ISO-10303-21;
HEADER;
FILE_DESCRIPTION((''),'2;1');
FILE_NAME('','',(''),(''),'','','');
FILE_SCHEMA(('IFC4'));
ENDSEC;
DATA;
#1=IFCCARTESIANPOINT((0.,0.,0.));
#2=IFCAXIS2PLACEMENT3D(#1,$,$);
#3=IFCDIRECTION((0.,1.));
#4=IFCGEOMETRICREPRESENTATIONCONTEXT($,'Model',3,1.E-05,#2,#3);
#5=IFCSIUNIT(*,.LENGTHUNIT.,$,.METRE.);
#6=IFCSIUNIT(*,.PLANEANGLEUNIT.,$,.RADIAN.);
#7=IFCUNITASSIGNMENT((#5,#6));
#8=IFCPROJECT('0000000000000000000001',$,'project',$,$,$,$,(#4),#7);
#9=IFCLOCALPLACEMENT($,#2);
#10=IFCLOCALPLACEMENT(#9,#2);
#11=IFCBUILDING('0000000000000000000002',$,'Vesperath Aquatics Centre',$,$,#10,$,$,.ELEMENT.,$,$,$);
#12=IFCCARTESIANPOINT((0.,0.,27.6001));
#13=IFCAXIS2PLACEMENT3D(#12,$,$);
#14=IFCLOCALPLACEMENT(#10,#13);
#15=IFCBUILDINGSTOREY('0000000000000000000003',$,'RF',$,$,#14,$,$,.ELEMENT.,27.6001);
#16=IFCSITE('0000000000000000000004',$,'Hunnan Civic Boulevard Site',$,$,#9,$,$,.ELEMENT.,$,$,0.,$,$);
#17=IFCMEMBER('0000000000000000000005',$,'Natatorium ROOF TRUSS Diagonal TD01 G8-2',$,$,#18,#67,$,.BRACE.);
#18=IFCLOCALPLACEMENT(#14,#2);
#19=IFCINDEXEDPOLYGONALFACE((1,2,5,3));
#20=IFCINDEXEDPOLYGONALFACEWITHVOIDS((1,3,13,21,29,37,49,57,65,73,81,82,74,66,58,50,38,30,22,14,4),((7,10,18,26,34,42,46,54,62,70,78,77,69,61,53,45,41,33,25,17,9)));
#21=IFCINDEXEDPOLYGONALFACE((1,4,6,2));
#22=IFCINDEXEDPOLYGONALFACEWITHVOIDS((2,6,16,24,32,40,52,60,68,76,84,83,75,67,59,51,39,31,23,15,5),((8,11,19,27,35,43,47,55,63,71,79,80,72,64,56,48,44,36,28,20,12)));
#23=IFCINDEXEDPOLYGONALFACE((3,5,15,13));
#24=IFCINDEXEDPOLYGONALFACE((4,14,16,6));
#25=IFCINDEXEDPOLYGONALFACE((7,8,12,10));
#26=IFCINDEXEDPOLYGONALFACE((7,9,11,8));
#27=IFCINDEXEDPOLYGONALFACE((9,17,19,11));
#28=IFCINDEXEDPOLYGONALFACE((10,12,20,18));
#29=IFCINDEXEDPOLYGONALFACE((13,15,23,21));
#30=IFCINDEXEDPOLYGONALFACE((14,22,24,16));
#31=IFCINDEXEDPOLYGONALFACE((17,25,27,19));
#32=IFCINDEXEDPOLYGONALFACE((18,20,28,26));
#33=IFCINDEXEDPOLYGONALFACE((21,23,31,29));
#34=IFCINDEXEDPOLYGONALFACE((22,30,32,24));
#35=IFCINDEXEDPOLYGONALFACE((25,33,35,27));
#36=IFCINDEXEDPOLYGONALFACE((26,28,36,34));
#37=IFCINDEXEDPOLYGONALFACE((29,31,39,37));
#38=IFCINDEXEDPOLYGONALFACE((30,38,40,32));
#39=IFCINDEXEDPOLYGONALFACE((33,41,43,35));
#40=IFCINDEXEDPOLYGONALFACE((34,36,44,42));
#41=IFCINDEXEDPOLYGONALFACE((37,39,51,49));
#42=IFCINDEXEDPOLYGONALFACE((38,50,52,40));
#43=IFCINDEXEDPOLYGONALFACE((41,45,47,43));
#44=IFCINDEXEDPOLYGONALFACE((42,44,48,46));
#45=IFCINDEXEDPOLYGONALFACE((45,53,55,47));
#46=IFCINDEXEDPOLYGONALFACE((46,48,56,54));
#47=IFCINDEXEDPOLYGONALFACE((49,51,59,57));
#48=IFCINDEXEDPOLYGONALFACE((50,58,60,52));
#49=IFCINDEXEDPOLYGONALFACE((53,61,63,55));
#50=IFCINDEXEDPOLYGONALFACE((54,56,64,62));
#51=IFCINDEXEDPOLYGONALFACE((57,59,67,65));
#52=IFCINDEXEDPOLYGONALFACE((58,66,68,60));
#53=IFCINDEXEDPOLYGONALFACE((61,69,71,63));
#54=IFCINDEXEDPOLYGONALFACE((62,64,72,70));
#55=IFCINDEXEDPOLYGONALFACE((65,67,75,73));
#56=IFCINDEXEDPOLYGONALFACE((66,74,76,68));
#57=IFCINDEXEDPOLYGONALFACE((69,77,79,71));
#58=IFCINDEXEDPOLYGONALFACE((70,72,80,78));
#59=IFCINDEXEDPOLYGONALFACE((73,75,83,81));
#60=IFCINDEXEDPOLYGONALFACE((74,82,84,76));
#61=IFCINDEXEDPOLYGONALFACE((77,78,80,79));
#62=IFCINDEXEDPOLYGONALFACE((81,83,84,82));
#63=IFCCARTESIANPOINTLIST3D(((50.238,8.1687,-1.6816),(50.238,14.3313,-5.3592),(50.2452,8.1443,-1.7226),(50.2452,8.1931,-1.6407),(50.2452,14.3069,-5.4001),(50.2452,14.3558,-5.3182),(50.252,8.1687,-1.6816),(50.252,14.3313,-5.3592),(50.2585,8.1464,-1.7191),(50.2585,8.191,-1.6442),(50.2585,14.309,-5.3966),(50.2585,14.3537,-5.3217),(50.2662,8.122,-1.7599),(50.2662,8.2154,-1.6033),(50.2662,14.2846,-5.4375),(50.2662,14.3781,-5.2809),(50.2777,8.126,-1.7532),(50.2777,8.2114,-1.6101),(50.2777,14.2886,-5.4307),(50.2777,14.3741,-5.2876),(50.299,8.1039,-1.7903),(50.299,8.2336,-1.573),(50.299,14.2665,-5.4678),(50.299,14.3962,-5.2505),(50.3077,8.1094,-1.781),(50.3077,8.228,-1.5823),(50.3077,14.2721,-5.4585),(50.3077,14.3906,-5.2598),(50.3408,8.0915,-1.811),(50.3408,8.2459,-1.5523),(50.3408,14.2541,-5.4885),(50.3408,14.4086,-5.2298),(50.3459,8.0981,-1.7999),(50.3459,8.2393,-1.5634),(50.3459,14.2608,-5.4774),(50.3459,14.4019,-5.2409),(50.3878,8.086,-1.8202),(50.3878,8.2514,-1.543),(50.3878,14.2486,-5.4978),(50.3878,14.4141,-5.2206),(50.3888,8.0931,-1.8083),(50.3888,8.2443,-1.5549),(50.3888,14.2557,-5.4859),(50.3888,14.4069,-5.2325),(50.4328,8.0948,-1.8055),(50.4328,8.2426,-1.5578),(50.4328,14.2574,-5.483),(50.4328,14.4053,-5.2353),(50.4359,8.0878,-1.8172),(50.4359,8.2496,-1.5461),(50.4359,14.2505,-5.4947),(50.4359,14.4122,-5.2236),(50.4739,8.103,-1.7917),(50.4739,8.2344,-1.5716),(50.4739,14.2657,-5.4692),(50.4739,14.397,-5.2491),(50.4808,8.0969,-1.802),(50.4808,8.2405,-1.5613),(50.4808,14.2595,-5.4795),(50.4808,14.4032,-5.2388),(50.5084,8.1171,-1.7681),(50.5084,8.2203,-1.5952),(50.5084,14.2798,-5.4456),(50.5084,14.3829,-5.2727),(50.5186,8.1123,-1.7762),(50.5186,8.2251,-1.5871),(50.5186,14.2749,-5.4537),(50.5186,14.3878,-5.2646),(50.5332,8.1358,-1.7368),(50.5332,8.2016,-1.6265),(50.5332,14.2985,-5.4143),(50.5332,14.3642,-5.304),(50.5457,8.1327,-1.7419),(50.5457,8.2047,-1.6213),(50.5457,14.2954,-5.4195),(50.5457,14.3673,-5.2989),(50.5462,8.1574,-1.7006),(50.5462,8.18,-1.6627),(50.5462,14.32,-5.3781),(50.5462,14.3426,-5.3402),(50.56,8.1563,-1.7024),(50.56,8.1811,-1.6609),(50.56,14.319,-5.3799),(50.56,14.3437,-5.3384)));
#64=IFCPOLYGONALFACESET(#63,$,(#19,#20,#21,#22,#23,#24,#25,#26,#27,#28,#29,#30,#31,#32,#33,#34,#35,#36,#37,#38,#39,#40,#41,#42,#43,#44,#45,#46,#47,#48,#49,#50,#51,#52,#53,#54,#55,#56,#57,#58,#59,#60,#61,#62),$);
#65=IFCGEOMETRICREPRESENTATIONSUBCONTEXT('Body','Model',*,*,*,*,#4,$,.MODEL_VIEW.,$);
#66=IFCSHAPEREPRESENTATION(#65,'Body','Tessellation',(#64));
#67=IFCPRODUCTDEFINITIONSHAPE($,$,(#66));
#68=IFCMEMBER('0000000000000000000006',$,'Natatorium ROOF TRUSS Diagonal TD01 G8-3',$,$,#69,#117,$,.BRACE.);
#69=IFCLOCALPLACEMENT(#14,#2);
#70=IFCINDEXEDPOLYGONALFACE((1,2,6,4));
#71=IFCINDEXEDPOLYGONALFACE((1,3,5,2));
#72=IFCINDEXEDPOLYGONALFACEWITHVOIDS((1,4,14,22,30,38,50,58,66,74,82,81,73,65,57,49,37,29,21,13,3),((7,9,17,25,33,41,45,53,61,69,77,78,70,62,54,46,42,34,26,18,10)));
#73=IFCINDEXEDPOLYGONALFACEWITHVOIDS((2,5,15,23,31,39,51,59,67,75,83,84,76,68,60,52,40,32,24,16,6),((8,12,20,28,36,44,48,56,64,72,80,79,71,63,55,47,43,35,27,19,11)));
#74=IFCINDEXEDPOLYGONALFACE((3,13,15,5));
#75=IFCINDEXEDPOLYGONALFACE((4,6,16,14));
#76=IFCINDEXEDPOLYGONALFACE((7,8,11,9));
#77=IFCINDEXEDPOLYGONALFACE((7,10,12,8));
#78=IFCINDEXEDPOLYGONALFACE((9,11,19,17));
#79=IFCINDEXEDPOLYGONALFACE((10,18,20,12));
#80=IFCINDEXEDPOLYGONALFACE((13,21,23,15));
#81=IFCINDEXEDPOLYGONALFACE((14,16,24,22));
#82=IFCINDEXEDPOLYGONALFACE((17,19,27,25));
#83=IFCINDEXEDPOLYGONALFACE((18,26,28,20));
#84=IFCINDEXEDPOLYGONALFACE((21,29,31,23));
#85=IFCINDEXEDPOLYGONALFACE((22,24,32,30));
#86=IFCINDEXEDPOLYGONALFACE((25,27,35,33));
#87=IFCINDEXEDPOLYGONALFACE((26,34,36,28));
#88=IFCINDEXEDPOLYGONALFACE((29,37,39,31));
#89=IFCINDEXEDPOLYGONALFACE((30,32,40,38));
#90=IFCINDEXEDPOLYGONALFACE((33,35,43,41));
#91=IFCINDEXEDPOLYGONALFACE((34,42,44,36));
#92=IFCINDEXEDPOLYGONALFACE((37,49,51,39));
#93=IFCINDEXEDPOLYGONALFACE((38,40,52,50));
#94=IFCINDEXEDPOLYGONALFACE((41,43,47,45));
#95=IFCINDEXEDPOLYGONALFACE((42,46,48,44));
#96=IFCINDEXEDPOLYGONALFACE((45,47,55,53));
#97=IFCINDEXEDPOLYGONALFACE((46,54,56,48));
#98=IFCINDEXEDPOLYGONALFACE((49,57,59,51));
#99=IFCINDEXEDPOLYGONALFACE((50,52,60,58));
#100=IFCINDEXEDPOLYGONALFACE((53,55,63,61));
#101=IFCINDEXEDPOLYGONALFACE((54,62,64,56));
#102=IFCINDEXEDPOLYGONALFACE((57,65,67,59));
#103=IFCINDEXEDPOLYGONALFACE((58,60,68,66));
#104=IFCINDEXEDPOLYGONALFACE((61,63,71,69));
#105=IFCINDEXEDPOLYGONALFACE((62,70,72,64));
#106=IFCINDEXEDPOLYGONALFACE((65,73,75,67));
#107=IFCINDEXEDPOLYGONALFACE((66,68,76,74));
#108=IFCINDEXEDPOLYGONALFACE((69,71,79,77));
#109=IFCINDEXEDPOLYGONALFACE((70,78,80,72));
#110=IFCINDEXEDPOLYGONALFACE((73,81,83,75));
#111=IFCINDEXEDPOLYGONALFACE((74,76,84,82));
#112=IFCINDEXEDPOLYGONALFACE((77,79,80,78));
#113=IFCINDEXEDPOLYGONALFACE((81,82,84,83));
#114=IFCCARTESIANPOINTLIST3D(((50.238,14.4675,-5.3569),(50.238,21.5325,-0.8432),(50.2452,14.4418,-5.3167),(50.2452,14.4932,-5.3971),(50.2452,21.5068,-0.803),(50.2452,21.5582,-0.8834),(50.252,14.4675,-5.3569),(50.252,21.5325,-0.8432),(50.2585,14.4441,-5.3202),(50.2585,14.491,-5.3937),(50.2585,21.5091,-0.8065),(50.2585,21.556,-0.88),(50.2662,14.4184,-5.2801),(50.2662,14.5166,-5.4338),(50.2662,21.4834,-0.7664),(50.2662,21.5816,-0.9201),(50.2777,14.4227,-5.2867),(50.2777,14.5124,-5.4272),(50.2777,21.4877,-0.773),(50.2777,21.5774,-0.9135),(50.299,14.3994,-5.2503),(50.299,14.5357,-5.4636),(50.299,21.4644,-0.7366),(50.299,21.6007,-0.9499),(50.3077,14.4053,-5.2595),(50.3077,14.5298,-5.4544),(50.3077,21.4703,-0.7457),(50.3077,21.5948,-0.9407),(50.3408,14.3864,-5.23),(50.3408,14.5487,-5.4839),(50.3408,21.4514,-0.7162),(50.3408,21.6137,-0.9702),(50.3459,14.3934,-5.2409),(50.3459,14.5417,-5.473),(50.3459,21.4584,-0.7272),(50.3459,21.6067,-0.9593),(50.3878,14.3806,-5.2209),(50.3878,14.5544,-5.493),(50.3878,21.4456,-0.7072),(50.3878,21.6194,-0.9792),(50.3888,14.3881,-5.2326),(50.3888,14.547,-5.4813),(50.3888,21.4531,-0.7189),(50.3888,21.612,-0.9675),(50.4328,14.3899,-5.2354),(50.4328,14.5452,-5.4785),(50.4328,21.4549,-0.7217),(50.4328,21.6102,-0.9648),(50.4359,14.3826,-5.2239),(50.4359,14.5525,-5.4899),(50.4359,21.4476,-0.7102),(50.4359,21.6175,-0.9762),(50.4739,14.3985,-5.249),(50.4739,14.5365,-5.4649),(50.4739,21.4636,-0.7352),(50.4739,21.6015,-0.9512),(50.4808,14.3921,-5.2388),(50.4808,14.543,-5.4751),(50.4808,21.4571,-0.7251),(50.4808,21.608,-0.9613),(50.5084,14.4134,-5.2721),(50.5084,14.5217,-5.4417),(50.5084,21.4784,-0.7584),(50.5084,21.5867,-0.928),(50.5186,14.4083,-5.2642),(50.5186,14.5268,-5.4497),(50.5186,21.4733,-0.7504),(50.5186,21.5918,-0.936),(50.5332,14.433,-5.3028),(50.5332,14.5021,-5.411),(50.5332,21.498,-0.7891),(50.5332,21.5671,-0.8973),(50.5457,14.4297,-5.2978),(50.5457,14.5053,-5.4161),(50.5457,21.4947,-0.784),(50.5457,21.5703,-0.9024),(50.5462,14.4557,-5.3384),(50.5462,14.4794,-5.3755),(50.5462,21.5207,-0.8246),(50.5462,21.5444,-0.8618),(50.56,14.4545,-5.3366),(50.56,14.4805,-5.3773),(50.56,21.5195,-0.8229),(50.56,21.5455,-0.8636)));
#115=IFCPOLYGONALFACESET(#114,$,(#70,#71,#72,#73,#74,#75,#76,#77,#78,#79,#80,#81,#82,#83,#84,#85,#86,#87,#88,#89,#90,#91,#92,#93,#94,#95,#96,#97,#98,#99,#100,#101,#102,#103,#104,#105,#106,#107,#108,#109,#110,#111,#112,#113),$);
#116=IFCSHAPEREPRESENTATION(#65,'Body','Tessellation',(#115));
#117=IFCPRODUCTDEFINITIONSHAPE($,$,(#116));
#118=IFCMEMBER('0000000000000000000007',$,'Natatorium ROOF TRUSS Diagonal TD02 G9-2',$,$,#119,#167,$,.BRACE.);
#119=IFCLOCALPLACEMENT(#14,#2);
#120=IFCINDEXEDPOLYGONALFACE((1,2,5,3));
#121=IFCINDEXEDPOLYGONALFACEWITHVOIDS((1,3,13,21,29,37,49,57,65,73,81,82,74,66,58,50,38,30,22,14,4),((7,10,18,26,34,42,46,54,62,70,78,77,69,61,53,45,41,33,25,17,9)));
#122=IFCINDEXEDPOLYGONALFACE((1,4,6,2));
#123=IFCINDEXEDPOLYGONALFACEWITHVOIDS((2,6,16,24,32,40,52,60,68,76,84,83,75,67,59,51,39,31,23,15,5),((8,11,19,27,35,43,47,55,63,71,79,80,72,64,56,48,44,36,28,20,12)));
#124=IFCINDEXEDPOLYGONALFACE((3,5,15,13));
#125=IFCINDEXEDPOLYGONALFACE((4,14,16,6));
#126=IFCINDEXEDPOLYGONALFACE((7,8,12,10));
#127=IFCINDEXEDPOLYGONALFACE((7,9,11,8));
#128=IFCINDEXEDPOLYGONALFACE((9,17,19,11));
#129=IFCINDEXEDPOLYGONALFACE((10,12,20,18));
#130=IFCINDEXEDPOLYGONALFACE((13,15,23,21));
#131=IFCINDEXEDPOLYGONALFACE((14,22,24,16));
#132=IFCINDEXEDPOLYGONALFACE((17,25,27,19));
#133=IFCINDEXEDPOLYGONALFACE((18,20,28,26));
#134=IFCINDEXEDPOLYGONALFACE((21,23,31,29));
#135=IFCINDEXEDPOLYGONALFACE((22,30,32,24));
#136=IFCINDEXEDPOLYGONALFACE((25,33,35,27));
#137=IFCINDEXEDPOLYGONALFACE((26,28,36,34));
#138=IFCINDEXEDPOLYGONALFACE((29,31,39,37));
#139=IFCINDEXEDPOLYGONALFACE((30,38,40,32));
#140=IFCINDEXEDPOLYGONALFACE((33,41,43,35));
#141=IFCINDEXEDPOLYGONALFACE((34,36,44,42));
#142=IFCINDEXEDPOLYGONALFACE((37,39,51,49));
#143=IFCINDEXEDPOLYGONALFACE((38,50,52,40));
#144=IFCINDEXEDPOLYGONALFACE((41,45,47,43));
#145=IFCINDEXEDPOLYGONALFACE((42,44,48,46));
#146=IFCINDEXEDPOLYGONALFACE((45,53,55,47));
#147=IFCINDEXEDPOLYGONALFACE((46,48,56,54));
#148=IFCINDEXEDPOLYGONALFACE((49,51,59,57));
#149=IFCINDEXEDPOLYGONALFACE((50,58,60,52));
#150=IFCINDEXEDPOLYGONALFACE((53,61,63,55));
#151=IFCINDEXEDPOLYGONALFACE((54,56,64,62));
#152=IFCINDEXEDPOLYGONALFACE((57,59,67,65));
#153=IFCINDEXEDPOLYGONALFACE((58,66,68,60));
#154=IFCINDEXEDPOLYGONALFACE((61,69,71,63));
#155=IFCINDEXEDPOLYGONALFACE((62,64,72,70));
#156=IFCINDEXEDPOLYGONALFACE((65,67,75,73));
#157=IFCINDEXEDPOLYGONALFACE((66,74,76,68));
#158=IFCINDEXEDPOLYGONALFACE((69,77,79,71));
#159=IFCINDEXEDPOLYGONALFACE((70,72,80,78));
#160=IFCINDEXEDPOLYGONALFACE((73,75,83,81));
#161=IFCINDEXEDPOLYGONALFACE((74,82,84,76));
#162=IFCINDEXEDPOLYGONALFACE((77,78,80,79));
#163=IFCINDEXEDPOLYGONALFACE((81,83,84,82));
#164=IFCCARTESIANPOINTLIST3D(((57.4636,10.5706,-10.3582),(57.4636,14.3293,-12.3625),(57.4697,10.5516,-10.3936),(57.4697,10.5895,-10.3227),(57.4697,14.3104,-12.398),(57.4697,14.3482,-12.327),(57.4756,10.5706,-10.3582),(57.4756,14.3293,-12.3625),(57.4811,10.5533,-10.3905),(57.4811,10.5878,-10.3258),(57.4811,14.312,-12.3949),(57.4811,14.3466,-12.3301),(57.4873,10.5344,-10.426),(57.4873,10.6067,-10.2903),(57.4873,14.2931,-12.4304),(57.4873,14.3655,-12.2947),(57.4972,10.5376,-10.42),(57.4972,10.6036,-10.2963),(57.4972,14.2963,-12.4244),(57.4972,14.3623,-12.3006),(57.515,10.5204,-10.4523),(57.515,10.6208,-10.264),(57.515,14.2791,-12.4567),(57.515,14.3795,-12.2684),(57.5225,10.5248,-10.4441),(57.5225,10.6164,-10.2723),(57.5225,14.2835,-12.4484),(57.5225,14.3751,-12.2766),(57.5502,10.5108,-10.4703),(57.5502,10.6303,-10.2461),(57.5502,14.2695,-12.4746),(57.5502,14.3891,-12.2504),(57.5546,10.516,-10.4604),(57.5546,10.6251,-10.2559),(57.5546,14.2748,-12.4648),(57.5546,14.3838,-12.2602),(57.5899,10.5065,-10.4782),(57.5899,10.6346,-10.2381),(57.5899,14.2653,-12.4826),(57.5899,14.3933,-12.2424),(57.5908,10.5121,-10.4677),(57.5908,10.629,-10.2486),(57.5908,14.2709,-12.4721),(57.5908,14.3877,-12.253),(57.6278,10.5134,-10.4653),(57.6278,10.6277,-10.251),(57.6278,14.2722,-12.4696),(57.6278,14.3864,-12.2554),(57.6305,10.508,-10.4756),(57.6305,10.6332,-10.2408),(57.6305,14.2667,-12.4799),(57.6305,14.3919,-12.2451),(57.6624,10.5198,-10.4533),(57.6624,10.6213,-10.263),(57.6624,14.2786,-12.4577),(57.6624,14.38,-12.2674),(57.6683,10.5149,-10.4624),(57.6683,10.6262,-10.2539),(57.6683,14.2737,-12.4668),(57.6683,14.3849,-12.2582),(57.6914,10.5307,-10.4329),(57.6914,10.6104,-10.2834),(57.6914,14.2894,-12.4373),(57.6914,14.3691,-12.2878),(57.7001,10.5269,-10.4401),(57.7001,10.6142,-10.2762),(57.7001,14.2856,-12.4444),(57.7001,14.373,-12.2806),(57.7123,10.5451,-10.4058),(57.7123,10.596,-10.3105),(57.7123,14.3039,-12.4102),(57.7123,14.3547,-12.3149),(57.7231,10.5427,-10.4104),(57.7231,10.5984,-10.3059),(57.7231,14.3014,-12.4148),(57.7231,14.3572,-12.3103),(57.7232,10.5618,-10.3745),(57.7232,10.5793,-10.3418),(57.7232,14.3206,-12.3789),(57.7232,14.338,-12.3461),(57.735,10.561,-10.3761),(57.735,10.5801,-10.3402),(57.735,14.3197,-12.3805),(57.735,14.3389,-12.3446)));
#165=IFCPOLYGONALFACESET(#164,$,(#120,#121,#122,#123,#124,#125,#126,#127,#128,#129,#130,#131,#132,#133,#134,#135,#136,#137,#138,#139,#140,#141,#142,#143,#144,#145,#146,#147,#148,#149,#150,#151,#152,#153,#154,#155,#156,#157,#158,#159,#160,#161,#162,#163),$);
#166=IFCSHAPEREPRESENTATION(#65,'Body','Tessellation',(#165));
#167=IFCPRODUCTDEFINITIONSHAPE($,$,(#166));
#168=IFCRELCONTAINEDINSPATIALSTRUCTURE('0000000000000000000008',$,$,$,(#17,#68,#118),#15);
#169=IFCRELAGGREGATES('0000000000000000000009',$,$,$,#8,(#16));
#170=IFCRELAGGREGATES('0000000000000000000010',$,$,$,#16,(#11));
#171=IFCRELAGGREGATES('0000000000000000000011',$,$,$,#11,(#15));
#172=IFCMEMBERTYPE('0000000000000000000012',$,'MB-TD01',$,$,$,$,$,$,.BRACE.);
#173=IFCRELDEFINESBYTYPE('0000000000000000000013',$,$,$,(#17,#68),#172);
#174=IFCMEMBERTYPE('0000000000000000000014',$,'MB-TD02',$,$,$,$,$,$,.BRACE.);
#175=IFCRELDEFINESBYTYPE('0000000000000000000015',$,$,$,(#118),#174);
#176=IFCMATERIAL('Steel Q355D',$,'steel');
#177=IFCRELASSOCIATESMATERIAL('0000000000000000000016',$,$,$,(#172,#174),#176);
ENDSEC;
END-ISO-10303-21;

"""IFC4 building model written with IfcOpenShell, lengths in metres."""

from ifc_helpers import new_model, si_unit, direction, frame, origin, origin_2d, place, context, subcontext, project, spatial, hollow_circle, extrude, material, material_profile, profile_set, type_object, element, save


model = new_model("IFC4")

# Units and contexts
model_context = context("Model", 3, precision=1e-05, world=origin(), true_north=direction((0.0, 1.0)))
body_context = subcontext(model_context, "Body", "Model", "MODEL_VIEW")
ifc_project = project(units=[si_unit("LENGTHUNIT", "METRE"), si_unit("PLANEANGLEUNIT", "RADIAN")], contexts=[model_context])

# Site, building, storey
site_placement = place(None, origin())
site = spatial("IfcSite", under=ifc_project, at=site_placement, Name="Hunnan Civic Boulevard Site", CompositionType="ELEMENT", RefElevation=0.0)
building_placement = place(site_placement, origin())
building = spatial("IfcBuilding", under=site, at=building_placement, Name="Vesperath Aquatics Centre", CompositionType="ELEMENT")
storey_placement = place(building_placement, frame((0.0, 0.0, 27.6001)))
storey = spatial("IfcBuildingStorey", under=building, at=storey_placement, Name="RF", CompositionType="ELEMENT", Elevation=27.6001)

# Members
ifc_material_1 = material(Name="Steel Q355D", Category="steel")
ifc_material_profile_1 = material_profile(ifc_material_1, hollow_circle(Radius=0.1619, WallThickness=0.0139, at=origin_2d()), Name="CHS 323.9x14")
ifc_profile_set_1 = profile_set([ifc_material_profile_1], Name="Steel Q355D")
member_type_1 = type_object("IfcMemberType", Name="MB-TD01", PredefinedType="BRACE", material=ifc_profile_set_1)
member_1_placement = place(storey_placement, frame((50.3999, 8.1687, -1.6816), z_axis=(0.0, 0.858724, -0.512438), x_axis=(-1.0, 0.0, 0.0)))
element("IfcMember", 1, at=member_1_placement, inside=storey, type_object=member_type_1, Name="Natatorium ROOF TRUSS Diagonal TD01 G8-2", PredefinedType="BRACE", context=body_context, shape_type="SweptSolid", body=[
    extrude(hollow_circle(Radius=0.1619, WallThickness=0.0139, at=origin_2d()), origin(), (0.0, 0.0, 1.0), 7.1765),
])
member_2_placement = place(storey_placement, frame((50.3999, 14.4675, -5.3569), z_axis=(0.0, 0.842698, 0.538386), x_axis=(-1.0, 0.0, 0.0)))
element("IfcMember", 2, at=member_2_placement, inside=storey, type_object=member_type_1, Name="Natatorium ROOF TRUSS Diagonal TD01 G8-3", PredefinedType="BRACE", context=body_context, shape_type="SweptSolid", body=[
    extrude(hollow_circle(Radius=0.1619, WallThickness=0.0139, at=origin_2d()), origin(), (0.0, 0.0, 1.0), 8.3838),
])
ifc_material_profile_2 = material_profile(ifc_material_1, hollow_circle(Radius=0.1365, WallThickness=0.012, at=origin_2d()), Name="CHS 273.0x12")
ifc_profile_set_2 = profile_set([ifc_material_profile_2], Name="Steel Q355D")
member_type_2 = type_object("IfcMemberType", Name="MB-TD02", PredefinedType="BRACE", material=ifc_profile_set_2)
member_3_placement = place(storey_placement, frame((57.6001, 10.5706, -10.3582), z_axis=(0.0, 0.882381, -0.470535), x_axis=(-1.0, 0.0, 0.0)))
element("IfcMember", 3, at=member_3_placement, inside=storey, type_object=member_type_2, Name="Natatorium ROOF TRUSS Diagonal TD02 G9-2", PredefinedType="BRACE", context=body_context, shape_type="SweptSolid", body=[
    extrude(hollow_circle(Radius=0.1365, WallThickness=0.012, at=origin_2d()), origin(), (0.0, 0.0, 1.0), 4.2598),
])

save(model, "model.ifc")
